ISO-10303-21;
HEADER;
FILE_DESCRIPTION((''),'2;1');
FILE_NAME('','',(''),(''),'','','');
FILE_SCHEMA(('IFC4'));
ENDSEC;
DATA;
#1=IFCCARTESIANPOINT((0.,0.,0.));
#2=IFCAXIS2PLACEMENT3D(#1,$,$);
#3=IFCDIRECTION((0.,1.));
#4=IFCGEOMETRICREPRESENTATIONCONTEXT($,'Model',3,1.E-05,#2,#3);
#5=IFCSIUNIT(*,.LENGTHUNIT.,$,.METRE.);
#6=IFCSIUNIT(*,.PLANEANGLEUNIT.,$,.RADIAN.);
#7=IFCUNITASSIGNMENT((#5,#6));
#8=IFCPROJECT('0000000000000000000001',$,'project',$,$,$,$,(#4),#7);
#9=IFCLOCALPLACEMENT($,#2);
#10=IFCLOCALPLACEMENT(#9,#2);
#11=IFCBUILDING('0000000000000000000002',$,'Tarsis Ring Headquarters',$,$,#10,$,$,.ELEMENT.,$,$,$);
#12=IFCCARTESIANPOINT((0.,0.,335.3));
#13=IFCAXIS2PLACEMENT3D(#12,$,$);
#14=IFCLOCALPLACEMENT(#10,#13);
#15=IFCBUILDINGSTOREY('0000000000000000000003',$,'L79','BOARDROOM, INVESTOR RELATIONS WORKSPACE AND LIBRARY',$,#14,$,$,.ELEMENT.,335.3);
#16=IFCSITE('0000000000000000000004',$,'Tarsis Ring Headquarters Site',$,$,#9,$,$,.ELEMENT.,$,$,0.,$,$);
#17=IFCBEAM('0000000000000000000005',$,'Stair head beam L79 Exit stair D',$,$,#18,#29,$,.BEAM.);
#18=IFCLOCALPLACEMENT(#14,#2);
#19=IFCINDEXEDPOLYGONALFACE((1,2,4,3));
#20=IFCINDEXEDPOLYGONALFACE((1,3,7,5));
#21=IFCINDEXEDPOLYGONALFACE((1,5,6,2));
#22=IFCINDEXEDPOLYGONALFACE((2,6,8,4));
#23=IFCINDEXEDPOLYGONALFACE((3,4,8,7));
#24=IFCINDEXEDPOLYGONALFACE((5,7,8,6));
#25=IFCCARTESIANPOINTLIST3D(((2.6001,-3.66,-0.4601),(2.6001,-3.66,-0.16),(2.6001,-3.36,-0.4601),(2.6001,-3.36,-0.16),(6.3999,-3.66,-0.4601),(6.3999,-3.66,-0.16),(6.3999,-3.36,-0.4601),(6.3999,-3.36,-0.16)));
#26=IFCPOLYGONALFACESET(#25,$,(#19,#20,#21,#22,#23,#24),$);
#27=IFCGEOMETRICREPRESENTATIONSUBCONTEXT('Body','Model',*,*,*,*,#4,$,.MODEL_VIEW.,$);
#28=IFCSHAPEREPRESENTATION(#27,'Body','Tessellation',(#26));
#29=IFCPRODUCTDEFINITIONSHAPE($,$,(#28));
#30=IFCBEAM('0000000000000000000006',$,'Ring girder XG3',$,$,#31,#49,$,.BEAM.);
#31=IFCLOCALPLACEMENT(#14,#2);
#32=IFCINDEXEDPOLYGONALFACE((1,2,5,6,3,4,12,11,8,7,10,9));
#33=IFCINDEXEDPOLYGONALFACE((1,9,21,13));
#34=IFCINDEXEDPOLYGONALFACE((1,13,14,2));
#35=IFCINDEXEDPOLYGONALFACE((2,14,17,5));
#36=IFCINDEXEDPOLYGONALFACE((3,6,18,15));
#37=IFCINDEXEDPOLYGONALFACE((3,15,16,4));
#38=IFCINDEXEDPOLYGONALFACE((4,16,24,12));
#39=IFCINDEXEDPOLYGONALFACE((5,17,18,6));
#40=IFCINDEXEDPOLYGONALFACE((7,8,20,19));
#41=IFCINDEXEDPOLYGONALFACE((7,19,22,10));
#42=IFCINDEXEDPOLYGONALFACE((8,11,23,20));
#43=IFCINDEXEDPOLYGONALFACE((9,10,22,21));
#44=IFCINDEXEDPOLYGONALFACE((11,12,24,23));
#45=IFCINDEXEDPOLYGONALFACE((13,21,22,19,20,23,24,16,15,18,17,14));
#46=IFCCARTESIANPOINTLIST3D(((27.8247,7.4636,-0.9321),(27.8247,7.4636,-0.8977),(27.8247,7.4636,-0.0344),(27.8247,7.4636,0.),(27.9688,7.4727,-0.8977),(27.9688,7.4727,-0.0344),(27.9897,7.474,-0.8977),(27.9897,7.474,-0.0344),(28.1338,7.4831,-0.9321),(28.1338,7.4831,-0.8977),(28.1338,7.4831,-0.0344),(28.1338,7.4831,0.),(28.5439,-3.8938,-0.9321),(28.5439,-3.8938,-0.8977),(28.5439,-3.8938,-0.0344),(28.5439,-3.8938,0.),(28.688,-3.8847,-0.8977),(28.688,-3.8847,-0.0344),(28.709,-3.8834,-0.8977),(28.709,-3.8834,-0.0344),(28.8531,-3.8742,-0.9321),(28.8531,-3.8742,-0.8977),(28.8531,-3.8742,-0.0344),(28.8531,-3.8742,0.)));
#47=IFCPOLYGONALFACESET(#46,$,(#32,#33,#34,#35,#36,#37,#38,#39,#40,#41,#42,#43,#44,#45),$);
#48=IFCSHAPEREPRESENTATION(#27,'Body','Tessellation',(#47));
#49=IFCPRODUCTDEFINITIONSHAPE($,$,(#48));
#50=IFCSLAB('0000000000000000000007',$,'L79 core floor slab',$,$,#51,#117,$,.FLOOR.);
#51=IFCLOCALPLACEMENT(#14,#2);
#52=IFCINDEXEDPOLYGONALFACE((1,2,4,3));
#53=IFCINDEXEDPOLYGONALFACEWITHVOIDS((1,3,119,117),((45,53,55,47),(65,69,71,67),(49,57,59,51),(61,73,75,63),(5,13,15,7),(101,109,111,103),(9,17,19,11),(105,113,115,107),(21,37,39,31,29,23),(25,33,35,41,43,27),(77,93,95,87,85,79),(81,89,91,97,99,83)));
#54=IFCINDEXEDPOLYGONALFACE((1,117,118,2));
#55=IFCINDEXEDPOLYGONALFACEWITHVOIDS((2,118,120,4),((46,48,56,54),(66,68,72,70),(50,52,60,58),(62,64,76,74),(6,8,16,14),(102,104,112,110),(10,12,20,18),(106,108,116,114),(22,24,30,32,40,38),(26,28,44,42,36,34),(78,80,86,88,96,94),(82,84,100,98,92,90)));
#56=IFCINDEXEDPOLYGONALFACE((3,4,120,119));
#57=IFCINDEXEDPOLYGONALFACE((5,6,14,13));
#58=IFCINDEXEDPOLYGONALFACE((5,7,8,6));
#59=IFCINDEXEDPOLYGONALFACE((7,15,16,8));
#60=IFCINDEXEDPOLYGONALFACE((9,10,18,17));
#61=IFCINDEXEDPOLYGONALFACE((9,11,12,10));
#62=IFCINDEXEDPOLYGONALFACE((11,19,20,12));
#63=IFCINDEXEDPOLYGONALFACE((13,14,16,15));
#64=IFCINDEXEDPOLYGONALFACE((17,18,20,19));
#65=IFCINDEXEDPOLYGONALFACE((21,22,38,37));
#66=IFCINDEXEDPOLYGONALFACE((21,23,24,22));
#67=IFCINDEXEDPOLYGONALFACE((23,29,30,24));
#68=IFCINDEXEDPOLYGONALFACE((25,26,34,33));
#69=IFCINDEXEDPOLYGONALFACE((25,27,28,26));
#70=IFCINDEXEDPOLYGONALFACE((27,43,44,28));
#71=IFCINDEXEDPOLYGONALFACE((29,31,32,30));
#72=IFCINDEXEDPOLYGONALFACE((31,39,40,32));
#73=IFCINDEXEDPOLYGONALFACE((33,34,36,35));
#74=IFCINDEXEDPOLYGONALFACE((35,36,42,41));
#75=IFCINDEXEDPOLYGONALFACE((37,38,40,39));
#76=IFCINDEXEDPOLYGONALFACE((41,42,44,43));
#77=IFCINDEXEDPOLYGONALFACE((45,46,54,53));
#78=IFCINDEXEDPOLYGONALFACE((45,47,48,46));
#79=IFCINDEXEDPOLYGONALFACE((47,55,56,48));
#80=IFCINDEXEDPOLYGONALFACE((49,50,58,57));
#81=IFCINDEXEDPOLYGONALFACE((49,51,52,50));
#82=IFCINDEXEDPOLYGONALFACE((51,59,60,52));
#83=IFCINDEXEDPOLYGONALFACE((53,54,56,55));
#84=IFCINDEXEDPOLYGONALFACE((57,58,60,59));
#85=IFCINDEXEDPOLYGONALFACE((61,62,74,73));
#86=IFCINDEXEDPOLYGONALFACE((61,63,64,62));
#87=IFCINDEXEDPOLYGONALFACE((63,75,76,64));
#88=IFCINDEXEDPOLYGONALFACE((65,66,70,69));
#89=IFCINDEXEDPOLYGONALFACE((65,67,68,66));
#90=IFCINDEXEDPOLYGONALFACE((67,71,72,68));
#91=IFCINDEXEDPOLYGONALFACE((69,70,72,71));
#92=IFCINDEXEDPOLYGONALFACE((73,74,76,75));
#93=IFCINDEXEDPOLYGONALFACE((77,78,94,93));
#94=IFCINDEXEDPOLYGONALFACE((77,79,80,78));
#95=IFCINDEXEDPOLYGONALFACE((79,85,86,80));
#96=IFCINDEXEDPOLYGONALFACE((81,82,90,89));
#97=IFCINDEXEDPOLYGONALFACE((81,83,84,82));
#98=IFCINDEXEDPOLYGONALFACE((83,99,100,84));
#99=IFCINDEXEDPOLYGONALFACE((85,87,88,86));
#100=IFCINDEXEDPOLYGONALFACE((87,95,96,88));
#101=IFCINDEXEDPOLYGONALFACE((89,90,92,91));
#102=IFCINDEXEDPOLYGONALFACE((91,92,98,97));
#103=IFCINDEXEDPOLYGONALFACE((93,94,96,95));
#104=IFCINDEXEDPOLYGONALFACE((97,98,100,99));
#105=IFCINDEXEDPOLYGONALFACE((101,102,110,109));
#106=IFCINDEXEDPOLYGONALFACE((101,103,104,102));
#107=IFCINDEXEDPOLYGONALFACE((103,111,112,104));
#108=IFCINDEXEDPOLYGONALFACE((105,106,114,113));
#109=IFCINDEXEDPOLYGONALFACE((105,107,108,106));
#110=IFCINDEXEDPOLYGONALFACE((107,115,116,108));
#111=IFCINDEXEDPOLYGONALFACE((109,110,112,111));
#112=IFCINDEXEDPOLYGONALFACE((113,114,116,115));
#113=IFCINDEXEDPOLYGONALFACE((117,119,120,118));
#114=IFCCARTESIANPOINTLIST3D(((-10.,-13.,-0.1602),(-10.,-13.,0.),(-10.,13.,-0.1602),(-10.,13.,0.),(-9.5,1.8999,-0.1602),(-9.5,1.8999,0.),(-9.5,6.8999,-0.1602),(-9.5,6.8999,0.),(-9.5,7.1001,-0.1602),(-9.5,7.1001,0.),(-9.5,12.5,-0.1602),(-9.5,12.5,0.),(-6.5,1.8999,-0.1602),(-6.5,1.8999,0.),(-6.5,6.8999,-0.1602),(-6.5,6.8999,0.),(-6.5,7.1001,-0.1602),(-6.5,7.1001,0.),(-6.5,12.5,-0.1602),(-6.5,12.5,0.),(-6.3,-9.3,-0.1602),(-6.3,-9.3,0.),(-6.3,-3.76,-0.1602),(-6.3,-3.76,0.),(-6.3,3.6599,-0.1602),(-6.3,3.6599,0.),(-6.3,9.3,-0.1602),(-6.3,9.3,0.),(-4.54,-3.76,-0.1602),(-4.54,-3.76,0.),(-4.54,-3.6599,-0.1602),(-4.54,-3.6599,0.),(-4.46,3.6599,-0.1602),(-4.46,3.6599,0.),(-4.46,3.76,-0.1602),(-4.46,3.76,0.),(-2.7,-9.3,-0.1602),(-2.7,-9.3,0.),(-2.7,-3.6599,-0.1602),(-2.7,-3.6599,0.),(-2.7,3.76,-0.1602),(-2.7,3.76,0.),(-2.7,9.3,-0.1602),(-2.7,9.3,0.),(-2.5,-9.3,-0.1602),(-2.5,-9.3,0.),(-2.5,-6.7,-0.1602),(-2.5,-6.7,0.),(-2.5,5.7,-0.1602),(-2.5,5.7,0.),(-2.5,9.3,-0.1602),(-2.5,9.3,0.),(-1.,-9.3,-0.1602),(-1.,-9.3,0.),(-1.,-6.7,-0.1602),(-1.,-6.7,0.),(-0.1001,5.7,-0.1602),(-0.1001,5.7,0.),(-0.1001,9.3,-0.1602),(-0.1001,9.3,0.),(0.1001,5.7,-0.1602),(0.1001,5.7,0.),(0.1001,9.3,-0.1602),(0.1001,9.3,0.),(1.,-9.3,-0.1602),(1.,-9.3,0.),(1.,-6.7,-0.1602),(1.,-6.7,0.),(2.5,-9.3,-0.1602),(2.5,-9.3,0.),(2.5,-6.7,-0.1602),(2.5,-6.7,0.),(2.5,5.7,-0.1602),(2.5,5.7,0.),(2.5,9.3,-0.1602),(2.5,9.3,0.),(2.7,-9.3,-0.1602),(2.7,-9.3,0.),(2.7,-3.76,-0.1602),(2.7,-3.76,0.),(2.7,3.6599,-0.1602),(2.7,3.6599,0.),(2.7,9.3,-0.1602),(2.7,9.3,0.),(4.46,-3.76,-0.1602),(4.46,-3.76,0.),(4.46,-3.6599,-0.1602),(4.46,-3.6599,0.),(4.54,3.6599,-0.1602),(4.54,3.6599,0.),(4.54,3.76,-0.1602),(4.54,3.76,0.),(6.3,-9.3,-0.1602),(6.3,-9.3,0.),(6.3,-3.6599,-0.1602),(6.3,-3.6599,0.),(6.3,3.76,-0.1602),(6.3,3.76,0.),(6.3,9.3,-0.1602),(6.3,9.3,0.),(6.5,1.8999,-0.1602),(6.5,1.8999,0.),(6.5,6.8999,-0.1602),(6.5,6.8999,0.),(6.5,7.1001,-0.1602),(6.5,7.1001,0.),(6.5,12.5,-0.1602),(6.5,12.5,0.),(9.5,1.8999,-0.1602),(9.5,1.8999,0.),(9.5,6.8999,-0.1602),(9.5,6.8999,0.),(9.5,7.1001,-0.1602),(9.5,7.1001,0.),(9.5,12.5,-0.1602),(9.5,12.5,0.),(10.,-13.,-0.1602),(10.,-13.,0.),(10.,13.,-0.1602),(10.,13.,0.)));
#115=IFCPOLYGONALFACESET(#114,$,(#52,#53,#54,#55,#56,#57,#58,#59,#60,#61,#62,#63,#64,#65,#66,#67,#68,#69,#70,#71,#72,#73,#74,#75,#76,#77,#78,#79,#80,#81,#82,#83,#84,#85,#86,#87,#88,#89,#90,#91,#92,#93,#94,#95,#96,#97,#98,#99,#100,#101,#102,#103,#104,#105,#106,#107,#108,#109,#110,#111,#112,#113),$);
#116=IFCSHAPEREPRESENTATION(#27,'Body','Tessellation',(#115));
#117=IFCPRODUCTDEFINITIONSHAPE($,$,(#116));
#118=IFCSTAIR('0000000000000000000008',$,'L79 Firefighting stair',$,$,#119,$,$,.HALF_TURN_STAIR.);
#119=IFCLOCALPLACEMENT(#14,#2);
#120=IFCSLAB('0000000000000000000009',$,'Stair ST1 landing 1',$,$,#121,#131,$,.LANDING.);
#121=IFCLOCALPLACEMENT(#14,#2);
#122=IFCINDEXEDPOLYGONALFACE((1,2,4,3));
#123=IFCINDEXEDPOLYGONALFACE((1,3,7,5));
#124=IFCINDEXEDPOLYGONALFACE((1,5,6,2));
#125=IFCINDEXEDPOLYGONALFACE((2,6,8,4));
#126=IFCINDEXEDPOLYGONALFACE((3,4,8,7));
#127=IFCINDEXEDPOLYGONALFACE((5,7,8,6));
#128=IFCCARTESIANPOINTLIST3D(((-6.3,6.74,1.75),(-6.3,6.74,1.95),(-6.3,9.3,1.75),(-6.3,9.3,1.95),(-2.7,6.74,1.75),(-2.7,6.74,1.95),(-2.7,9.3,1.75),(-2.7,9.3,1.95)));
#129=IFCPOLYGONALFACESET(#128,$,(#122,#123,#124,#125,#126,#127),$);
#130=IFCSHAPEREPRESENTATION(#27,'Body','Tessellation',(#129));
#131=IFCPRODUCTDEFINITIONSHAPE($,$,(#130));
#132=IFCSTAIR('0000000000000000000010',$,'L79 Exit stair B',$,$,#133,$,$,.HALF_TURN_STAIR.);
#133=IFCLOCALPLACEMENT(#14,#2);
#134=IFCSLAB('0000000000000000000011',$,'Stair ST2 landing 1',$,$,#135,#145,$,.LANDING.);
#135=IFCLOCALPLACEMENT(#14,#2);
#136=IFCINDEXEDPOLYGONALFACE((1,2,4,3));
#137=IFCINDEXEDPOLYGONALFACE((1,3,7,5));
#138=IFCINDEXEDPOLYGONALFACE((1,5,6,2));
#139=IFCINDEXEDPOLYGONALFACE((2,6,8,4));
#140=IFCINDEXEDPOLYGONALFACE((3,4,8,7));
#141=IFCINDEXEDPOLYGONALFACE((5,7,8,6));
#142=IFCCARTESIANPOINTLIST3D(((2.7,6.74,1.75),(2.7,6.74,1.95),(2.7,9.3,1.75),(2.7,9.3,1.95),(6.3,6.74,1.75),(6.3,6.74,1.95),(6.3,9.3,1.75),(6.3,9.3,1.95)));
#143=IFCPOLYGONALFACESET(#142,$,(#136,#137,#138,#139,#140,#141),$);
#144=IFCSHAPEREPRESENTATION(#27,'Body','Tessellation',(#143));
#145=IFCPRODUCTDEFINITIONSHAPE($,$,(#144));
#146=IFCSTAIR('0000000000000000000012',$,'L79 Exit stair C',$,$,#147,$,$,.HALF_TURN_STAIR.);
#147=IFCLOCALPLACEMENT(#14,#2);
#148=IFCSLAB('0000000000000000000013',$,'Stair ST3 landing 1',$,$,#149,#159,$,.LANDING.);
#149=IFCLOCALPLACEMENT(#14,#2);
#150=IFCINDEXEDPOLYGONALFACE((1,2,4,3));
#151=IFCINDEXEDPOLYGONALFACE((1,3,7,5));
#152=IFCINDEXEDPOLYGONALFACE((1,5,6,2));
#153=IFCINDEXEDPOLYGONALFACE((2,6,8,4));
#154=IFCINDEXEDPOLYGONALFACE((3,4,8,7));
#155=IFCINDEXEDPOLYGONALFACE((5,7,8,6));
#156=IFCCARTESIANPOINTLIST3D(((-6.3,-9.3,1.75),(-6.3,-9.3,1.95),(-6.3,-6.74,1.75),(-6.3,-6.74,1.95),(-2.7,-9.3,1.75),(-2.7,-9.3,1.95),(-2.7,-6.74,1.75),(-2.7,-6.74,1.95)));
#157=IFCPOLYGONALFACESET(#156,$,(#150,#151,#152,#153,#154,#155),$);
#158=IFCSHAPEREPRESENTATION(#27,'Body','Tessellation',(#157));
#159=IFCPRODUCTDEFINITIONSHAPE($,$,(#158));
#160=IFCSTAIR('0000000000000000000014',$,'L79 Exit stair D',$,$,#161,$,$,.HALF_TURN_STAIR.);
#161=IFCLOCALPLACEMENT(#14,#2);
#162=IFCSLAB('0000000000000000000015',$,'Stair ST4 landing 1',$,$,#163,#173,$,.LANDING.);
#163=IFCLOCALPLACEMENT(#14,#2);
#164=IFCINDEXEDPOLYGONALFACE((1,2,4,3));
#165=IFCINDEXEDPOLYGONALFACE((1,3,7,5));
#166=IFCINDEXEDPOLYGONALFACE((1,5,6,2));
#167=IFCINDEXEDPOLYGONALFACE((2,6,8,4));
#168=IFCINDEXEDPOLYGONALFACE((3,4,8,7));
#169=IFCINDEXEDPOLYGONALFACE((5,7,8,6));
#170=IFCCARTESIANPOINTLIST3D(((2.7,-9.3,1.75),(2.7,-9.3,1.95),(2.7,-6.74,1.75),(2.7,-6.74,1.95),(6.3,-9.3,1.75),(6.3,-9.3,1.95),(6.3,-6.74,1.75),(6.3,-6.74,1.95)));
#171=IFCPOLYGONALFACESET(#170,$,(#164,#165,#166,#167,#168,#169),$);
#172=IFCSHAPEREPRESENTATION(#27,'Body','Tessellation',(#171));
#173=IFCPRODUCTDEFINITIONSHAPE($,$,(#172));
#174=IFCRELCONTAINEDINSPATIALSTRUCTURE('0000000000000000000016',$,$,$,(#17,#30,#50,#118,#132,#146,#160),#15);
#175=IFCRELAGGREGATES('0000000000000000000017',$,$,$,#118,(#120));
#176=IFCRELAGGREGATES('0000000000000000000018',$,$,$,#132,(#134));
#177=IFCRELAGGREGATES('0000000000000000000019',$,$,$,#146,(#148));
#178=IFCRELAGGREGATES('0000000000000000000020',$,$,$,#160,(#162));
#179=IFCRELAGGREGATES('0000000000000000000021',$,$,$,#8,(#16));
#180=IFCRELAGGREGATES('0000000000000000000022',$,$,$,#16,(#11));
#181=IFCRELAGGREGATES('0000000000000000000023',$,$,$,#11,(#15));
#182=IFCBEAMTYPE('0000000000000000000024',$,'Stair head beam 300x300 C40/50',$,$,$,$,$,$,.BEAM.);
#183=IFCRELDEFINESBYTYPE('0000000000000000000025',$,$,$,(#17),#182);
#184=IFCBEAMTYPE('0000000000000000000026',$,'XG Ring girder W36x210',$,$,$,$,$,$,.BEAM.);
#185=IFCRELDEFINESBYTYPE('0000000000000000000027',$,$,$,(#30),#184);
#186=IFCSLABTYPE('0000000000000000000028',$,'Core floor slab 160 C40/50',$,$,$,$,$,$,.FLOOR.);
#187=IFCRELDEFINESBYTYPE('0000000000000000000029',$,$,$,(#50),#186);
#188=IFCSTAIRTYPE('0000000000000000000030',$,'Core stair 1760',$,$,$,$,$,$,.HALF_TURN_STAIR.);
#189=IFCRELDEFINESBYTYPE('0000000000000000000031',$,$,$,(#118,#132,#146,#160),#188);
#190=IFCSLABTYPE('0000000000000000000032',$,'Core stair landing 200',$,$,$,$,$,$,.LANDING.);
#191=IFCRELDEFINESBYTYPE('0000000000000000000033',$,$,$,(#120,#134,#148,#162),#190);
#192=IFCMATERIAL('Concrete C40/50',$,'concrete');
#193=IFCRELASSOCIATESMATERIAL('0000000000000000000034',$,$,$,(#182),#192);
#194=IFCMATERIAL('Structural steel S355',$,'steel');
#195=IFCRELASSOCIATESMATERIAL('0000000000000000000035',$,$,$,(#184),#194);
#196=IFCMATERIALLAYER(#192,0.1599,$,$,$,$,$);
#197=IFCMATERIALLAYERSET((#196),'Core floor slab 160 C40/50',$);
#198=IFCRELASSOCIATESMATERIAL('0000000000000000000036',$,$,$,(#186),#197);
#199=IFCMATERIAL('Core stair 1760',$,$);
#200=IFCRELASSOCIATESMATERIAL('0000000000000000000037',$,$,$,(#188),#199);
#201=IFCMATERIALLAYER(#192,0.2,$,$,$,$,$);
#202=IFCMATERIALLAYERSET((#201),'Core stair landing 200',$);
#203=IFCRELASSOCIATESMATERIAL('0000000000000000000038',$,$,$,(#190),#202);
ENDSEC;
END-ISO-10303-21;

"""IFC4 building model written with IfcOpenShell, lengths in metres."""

from ifc_helpers import new_model, si_unit, direction, frame, origin, origin_2d, place, context, subcontext, project, spatial, polyline, rectangle, i_section, outline, extrude, material, layer, layer_set, material_profile, profile_set, type_object, element, aggregate, save


model = new_model("IFC4")

# Units and contexts
model_context = context("Model", 3, precision=1e-05, world=origin(), true_north=direction((0.0, 1.0)))
body_context = subcontext(model_context, "Body", "Model", "MODEL_VIEW")
ifc_project = project(units=[si_unit("LENGTHUNIT", "METRE"), si_unit("PLANEANGLEUNIT", "RADIAN")], contexts=[model_context])

# Site, building, storey
site_placement = place(None, origin())
site = spatial("IfcSite", under=ifc_project, at=site_placement, Name="Tarsis Ring Headquarters Site", CompositionType="ELEMENT", RefElevation=0.0)
building_placement = place(site_placement, origin())
building = spatial("IfcBuilding", under=site, at=building_placement, Name="Tarsis Ring Headquarters", CompositionType="ELEMENT")
storey_placement = place(building_placement, frame((0.0, 0.0, 335.3)))
storey = spatial("IfcBuildingStorey", under=building, at=storey_placement, Name="L79", Description="BOARDROOM, INVESTOR RELATIONS WORKSPACE AND LIBRARY", CompositionType="ELEMENT", Elevation=335.3)

# Shared definitions
ifc_material_1 = material(Name="Structural steel S355", Category="steel")

# Beams
ifc_material_2 = material(Name="Concrete C40/50", Category="concrete")
ifc_material_profile_1 = material_profile(ifc_material_2, rectangle(XDim=0.3, YDim=0.3, at=origin_2d()), Name="Stair head beam 300x300 C40/50")
ifc_profile_set_1 = profile_set([ifc_material_profile_1], Name="Concrete C40/50")
beam_type_1 = type_object("IfcBeamType", Name="Stair head beam 300x300 C40/50", PredefinedType="BEAM", material=ifc_profile_set_1)
for number, where, z_axis, x_axis, name in (
    (1, (2.6001, -3.51, -0.3101), (1.0, 0.0, 0.0), (0.0, 1.0, 0.0), "Stair head beam L79 Exit stair D"),
):
    element("IfcBeam", number, at=place(storey_placement, frame(where, z_axis=z_axis, x_axis=x_axis)), inside=storey, type_object=beam_type_1, Name=name, PredefinedType="BEAM", context=body_context, shape_type="SweptSolid", body=[
        extrude(rectangle(XDim=0.3, YDim=0.3, at=origin_2d()), origin(), (0.0, 0.0, 1.0), 3.7998),
    ])
ifc_material_profile_2 = material_profile(ifc_material_1, i_section(OverallWidth=0.3098, OverallDepth=0.9321, WebThickness=0.021, FlangeThickness=0.0344, at=origin_2d()), Name="W36x210")
ifc_profile_set_2 = profile_set([ifc_material_profile_2], Name="Structural steel S355")
beam_type_2 = type_object("IfcBeamType", Name="XG Ring girder W36x210", PredefinedType="BEAM", material=ifc_profile_set_2)
beam_1_placement = place(storey_placement, frame((28.6985, -3.884, -0.4661), z_axis=(-0.063201, 0.998001, 0.0), x_axis=(-0.998001, -0.063201, 0.0)))
element("IfcBeam", 2, at=beam_1_placement, inside=storey, type_object=beam_type_2, Name="Ring girder XG3", PredefinedType="BEAM", context=body_context, shape_type="SweptSolid", body=[
    extrude(i_section(OverallWidth=0.3098, OverallDepth=0.9321, WebThickness=0.021, FlangeThickness=0.0344, at=origin_2d()), origin(), (0.0, 0.0, 1.0), 11.3801),
])

# Slab
ifc_layer_1 = layer(ifc_material_2, 0.1599)
ifc_layer_set_1 = layer_set([ifc_layer_1], Name="Core floor slab 160 C40/50")
slab_type_1 = type_object("IfcSlabType", Name="Core floor slab 160 C40/50", PredefinedType="FLOOR", material=ifc_layer_set_1)
slab_1_placement = place(storey_placement, frame((0.0, 0.0, -0.1602)))
element("IfcSlab", 3, at=slab_1_placement, inside=storey, type_object=slab_type_1, Name="L79 core floor slab", PredefinedType="FLOOR", context=body_context, shape_type="SweptSolid", body=[
    extrude(outline(polyline([(-10.0, -13.0), (10.0, -13.0), (10.0, 13.0), (-10.0, 13.0), (-10.0, -13.0)]), holes=[polyline([(-2.5, 5.7), (-0.1001, 5.7), (-0.1001, 9.3), (-2.5, 9.3), (-2.5, 5.7)]), polyline([(0.1001, 5.7), (2.5, 5.7), (2.5, 9.3), (0.1001, 9.3), (0.1001, 5.7)]), polyline([(-9.5, 1.8999), (-6.5, 1.8999), (-6.5, 6.8999), (-9.5, 6.8999), (-9.5, 1.8999)]), polyline([(-9.5, 7.1001), (-6.5, 7.1001), (-6.5, 12.5), (-9.5, 12.5), (-9.5, 7.1001)]), polyline([(6.5, 1.8999), (9.5, 1.8999), (9.5, 6.8999), (6.5, 6.8999), (6.5, 1.8999)]), polyline([(6.5, 7.1001), (9.5, 7.1001), (9.5, 12.5), (6.5, 12.5), (6.5, 7.1001)]), polyline([(-2.5, -9.3), (-1.0, -9.3), (-1.0, -6.7), (-2.5, -6.7), (-2.5, -9.3)]), polyline([(1.0, -9.3), (2.5, -9.3), (2.5, -6.7), (1.0, -6.7), (1.0, -9.3)]), polyline([(-2.7, 3.76), (-2.7, 9.3), (-6.3, 9.3), (-6.3, 3.6599), (-4.46, 3.6599), (-4.46, 3.76), (-2.7, 3.76)]), polyline([(6.3, 3.76), (6.3, 9.3), (2.7, 9.3), (2.7, 3.6599), (4.54, 3.6599), (4.54, 3.76), (6.3, 3.76)]), polyline([(-6.3, -3.76), (-6.3, -9.3), (-2.7, -9.3), (-2.7, -3.6599), (-4.54, -3.6599), (-4.54, -3.76), (-6.3, -3.76)]), polyline([(2.7, -3.76), (2.7, -9.3), (6.3, -9.3), (6.3, -3.6599), (4.46, -3.6599), (4.46, -3.76), (2.7, -3.76)])]), origin(), (0.0, 0.0, 1.0), 0.1602),
])

# Stairs, slabs
ifc_material_3 = material(Name="Core stair 1760")
stair_type = type_object("IfcStairType", Name="Core stair 1760", PredefinedType="HALF_TURN_STAIR", material=ifc_material_3)
stair_1_placement = place(storey_placement, origin())
stair_1 = element("IfcStair", 4, at=stair_1_placement, inside=storey, type_object=stair_type, Name="L79 Firefighting stair", PredefinedType="HALF_TURN_STAIR")
ifc_layer_2 = layer(ifc_material_2, 0.2)
ifc_layer_set_2 = layer_set([ifc_layer_2], Name="Core stair landing 200")
slab_type_2 = type_object("IfcSlabType", Name="Core stair landing 200", PredefinedType="LANDING", material=ifc_layer_set_2)
slab_2_placement = place(storey_placement, frame((0.0, 0.0, 1.75)))
slab_2 = element("IfcSlab", 5, at=slab_2_placement, type_object=slab_type_2, Name="Stair ST1 landing 1", PredefinedType="LANDING", context=body_context, shape_type="SweptSolid", body=[
    extrude(outline(polyline([(-2.7, 6.74), (-2.7, 9.3), (-6.3, 9.3), (-6.3, 6.74), (-2.7, 6.74)])), origin(), (0.0, 0.0, 1.0), 0.2),
])
aggregate(stair_1, [slab_2])
stair_2_placement = place(storey_placement, origin())
stair_2 = element("IfcStair", 6, at=stair_2_placement, inside=storey, type_object=stair_type, Name="L79 Exit stair B", PredefinedType="HALF_TURN_STAIR")
slab_3_placement = place(storey_placement, frame((0.0, 0.0, 1.75)))
slab_3 = element("IfcSlab", 7, at=slab_3_placement, type_object=slab_type_2, Name="Stair ST2 landing 1", PredefinedType="LANDING", context=body_context, shape_type="SweptSolid", body=[
    extrude(outline(polyline([(6.3, 6.74), (6.3, 9.3), (2.7, 9.3), (2.7, 6.74), (6.3, 6.74)])), origin(), (0.0, 0.0, 1.0), 0.2),
])
aggregate(stair_2, [slab_3])
stair_3_placement = place(storey_placement, origin())
stair_3 = element("IfcStair", 8, at=stair_3_placement, inside=storey, type_object=stair_type, Name="L79 Exit stair C", PredefinedType="HALF_TURN_STAIR")
slab_4_placement = place(storey_placement, frame((0.0, 0.0, 1.75)))
slab_4 = element("IfcSlab", 9, at=slab_4_placement, type_object=slab_type_2, Name="Stair ST3 landing 1", PredefinedType="LANDING", context=body_context, shape_type="SweptSolid", body=[
    extrude(outline(polyline([(-6.3, -6.74), (-6.3, -9.3), (-2.7, -9.3), (-2.7, -6.74), (-6.3, -6.74)])), origin(), (0.0, 0.0, 1.0), 0.2),
])
aggregate(stair_3, [slab_4])
stair_4_placement = place(storey_placement, origin())
stair_4 = element("IfcStair", 10, at=stair_4_placement, inside=storey, type_object=stair_type, Name="L79 Exit stair D", PredefinedType="HALF_TURN_STAIR")
slab_5_placement = place(storey_placement, frame((0.0, 0.0, 1.75)))
slab_5 = element("IfcSlab", 11, at=slab_5_placement, type_object=slab_type_2, Name="Stair ST4 landing 1", PredefinedType="LANDING", context=body_context, shape_type="SweptSolid", body=[
    extrude(outline(polyline([(2.7, -6.74), (2.7, -9.3), (6.3, -9.3), (6.3, -6.74), (2.7, -6.74)])), origin(), (0.0, 0.0, 1.0), 0.2),
])
aggregate(stair_4, [slab_5])

save(model, "model.ifc")
